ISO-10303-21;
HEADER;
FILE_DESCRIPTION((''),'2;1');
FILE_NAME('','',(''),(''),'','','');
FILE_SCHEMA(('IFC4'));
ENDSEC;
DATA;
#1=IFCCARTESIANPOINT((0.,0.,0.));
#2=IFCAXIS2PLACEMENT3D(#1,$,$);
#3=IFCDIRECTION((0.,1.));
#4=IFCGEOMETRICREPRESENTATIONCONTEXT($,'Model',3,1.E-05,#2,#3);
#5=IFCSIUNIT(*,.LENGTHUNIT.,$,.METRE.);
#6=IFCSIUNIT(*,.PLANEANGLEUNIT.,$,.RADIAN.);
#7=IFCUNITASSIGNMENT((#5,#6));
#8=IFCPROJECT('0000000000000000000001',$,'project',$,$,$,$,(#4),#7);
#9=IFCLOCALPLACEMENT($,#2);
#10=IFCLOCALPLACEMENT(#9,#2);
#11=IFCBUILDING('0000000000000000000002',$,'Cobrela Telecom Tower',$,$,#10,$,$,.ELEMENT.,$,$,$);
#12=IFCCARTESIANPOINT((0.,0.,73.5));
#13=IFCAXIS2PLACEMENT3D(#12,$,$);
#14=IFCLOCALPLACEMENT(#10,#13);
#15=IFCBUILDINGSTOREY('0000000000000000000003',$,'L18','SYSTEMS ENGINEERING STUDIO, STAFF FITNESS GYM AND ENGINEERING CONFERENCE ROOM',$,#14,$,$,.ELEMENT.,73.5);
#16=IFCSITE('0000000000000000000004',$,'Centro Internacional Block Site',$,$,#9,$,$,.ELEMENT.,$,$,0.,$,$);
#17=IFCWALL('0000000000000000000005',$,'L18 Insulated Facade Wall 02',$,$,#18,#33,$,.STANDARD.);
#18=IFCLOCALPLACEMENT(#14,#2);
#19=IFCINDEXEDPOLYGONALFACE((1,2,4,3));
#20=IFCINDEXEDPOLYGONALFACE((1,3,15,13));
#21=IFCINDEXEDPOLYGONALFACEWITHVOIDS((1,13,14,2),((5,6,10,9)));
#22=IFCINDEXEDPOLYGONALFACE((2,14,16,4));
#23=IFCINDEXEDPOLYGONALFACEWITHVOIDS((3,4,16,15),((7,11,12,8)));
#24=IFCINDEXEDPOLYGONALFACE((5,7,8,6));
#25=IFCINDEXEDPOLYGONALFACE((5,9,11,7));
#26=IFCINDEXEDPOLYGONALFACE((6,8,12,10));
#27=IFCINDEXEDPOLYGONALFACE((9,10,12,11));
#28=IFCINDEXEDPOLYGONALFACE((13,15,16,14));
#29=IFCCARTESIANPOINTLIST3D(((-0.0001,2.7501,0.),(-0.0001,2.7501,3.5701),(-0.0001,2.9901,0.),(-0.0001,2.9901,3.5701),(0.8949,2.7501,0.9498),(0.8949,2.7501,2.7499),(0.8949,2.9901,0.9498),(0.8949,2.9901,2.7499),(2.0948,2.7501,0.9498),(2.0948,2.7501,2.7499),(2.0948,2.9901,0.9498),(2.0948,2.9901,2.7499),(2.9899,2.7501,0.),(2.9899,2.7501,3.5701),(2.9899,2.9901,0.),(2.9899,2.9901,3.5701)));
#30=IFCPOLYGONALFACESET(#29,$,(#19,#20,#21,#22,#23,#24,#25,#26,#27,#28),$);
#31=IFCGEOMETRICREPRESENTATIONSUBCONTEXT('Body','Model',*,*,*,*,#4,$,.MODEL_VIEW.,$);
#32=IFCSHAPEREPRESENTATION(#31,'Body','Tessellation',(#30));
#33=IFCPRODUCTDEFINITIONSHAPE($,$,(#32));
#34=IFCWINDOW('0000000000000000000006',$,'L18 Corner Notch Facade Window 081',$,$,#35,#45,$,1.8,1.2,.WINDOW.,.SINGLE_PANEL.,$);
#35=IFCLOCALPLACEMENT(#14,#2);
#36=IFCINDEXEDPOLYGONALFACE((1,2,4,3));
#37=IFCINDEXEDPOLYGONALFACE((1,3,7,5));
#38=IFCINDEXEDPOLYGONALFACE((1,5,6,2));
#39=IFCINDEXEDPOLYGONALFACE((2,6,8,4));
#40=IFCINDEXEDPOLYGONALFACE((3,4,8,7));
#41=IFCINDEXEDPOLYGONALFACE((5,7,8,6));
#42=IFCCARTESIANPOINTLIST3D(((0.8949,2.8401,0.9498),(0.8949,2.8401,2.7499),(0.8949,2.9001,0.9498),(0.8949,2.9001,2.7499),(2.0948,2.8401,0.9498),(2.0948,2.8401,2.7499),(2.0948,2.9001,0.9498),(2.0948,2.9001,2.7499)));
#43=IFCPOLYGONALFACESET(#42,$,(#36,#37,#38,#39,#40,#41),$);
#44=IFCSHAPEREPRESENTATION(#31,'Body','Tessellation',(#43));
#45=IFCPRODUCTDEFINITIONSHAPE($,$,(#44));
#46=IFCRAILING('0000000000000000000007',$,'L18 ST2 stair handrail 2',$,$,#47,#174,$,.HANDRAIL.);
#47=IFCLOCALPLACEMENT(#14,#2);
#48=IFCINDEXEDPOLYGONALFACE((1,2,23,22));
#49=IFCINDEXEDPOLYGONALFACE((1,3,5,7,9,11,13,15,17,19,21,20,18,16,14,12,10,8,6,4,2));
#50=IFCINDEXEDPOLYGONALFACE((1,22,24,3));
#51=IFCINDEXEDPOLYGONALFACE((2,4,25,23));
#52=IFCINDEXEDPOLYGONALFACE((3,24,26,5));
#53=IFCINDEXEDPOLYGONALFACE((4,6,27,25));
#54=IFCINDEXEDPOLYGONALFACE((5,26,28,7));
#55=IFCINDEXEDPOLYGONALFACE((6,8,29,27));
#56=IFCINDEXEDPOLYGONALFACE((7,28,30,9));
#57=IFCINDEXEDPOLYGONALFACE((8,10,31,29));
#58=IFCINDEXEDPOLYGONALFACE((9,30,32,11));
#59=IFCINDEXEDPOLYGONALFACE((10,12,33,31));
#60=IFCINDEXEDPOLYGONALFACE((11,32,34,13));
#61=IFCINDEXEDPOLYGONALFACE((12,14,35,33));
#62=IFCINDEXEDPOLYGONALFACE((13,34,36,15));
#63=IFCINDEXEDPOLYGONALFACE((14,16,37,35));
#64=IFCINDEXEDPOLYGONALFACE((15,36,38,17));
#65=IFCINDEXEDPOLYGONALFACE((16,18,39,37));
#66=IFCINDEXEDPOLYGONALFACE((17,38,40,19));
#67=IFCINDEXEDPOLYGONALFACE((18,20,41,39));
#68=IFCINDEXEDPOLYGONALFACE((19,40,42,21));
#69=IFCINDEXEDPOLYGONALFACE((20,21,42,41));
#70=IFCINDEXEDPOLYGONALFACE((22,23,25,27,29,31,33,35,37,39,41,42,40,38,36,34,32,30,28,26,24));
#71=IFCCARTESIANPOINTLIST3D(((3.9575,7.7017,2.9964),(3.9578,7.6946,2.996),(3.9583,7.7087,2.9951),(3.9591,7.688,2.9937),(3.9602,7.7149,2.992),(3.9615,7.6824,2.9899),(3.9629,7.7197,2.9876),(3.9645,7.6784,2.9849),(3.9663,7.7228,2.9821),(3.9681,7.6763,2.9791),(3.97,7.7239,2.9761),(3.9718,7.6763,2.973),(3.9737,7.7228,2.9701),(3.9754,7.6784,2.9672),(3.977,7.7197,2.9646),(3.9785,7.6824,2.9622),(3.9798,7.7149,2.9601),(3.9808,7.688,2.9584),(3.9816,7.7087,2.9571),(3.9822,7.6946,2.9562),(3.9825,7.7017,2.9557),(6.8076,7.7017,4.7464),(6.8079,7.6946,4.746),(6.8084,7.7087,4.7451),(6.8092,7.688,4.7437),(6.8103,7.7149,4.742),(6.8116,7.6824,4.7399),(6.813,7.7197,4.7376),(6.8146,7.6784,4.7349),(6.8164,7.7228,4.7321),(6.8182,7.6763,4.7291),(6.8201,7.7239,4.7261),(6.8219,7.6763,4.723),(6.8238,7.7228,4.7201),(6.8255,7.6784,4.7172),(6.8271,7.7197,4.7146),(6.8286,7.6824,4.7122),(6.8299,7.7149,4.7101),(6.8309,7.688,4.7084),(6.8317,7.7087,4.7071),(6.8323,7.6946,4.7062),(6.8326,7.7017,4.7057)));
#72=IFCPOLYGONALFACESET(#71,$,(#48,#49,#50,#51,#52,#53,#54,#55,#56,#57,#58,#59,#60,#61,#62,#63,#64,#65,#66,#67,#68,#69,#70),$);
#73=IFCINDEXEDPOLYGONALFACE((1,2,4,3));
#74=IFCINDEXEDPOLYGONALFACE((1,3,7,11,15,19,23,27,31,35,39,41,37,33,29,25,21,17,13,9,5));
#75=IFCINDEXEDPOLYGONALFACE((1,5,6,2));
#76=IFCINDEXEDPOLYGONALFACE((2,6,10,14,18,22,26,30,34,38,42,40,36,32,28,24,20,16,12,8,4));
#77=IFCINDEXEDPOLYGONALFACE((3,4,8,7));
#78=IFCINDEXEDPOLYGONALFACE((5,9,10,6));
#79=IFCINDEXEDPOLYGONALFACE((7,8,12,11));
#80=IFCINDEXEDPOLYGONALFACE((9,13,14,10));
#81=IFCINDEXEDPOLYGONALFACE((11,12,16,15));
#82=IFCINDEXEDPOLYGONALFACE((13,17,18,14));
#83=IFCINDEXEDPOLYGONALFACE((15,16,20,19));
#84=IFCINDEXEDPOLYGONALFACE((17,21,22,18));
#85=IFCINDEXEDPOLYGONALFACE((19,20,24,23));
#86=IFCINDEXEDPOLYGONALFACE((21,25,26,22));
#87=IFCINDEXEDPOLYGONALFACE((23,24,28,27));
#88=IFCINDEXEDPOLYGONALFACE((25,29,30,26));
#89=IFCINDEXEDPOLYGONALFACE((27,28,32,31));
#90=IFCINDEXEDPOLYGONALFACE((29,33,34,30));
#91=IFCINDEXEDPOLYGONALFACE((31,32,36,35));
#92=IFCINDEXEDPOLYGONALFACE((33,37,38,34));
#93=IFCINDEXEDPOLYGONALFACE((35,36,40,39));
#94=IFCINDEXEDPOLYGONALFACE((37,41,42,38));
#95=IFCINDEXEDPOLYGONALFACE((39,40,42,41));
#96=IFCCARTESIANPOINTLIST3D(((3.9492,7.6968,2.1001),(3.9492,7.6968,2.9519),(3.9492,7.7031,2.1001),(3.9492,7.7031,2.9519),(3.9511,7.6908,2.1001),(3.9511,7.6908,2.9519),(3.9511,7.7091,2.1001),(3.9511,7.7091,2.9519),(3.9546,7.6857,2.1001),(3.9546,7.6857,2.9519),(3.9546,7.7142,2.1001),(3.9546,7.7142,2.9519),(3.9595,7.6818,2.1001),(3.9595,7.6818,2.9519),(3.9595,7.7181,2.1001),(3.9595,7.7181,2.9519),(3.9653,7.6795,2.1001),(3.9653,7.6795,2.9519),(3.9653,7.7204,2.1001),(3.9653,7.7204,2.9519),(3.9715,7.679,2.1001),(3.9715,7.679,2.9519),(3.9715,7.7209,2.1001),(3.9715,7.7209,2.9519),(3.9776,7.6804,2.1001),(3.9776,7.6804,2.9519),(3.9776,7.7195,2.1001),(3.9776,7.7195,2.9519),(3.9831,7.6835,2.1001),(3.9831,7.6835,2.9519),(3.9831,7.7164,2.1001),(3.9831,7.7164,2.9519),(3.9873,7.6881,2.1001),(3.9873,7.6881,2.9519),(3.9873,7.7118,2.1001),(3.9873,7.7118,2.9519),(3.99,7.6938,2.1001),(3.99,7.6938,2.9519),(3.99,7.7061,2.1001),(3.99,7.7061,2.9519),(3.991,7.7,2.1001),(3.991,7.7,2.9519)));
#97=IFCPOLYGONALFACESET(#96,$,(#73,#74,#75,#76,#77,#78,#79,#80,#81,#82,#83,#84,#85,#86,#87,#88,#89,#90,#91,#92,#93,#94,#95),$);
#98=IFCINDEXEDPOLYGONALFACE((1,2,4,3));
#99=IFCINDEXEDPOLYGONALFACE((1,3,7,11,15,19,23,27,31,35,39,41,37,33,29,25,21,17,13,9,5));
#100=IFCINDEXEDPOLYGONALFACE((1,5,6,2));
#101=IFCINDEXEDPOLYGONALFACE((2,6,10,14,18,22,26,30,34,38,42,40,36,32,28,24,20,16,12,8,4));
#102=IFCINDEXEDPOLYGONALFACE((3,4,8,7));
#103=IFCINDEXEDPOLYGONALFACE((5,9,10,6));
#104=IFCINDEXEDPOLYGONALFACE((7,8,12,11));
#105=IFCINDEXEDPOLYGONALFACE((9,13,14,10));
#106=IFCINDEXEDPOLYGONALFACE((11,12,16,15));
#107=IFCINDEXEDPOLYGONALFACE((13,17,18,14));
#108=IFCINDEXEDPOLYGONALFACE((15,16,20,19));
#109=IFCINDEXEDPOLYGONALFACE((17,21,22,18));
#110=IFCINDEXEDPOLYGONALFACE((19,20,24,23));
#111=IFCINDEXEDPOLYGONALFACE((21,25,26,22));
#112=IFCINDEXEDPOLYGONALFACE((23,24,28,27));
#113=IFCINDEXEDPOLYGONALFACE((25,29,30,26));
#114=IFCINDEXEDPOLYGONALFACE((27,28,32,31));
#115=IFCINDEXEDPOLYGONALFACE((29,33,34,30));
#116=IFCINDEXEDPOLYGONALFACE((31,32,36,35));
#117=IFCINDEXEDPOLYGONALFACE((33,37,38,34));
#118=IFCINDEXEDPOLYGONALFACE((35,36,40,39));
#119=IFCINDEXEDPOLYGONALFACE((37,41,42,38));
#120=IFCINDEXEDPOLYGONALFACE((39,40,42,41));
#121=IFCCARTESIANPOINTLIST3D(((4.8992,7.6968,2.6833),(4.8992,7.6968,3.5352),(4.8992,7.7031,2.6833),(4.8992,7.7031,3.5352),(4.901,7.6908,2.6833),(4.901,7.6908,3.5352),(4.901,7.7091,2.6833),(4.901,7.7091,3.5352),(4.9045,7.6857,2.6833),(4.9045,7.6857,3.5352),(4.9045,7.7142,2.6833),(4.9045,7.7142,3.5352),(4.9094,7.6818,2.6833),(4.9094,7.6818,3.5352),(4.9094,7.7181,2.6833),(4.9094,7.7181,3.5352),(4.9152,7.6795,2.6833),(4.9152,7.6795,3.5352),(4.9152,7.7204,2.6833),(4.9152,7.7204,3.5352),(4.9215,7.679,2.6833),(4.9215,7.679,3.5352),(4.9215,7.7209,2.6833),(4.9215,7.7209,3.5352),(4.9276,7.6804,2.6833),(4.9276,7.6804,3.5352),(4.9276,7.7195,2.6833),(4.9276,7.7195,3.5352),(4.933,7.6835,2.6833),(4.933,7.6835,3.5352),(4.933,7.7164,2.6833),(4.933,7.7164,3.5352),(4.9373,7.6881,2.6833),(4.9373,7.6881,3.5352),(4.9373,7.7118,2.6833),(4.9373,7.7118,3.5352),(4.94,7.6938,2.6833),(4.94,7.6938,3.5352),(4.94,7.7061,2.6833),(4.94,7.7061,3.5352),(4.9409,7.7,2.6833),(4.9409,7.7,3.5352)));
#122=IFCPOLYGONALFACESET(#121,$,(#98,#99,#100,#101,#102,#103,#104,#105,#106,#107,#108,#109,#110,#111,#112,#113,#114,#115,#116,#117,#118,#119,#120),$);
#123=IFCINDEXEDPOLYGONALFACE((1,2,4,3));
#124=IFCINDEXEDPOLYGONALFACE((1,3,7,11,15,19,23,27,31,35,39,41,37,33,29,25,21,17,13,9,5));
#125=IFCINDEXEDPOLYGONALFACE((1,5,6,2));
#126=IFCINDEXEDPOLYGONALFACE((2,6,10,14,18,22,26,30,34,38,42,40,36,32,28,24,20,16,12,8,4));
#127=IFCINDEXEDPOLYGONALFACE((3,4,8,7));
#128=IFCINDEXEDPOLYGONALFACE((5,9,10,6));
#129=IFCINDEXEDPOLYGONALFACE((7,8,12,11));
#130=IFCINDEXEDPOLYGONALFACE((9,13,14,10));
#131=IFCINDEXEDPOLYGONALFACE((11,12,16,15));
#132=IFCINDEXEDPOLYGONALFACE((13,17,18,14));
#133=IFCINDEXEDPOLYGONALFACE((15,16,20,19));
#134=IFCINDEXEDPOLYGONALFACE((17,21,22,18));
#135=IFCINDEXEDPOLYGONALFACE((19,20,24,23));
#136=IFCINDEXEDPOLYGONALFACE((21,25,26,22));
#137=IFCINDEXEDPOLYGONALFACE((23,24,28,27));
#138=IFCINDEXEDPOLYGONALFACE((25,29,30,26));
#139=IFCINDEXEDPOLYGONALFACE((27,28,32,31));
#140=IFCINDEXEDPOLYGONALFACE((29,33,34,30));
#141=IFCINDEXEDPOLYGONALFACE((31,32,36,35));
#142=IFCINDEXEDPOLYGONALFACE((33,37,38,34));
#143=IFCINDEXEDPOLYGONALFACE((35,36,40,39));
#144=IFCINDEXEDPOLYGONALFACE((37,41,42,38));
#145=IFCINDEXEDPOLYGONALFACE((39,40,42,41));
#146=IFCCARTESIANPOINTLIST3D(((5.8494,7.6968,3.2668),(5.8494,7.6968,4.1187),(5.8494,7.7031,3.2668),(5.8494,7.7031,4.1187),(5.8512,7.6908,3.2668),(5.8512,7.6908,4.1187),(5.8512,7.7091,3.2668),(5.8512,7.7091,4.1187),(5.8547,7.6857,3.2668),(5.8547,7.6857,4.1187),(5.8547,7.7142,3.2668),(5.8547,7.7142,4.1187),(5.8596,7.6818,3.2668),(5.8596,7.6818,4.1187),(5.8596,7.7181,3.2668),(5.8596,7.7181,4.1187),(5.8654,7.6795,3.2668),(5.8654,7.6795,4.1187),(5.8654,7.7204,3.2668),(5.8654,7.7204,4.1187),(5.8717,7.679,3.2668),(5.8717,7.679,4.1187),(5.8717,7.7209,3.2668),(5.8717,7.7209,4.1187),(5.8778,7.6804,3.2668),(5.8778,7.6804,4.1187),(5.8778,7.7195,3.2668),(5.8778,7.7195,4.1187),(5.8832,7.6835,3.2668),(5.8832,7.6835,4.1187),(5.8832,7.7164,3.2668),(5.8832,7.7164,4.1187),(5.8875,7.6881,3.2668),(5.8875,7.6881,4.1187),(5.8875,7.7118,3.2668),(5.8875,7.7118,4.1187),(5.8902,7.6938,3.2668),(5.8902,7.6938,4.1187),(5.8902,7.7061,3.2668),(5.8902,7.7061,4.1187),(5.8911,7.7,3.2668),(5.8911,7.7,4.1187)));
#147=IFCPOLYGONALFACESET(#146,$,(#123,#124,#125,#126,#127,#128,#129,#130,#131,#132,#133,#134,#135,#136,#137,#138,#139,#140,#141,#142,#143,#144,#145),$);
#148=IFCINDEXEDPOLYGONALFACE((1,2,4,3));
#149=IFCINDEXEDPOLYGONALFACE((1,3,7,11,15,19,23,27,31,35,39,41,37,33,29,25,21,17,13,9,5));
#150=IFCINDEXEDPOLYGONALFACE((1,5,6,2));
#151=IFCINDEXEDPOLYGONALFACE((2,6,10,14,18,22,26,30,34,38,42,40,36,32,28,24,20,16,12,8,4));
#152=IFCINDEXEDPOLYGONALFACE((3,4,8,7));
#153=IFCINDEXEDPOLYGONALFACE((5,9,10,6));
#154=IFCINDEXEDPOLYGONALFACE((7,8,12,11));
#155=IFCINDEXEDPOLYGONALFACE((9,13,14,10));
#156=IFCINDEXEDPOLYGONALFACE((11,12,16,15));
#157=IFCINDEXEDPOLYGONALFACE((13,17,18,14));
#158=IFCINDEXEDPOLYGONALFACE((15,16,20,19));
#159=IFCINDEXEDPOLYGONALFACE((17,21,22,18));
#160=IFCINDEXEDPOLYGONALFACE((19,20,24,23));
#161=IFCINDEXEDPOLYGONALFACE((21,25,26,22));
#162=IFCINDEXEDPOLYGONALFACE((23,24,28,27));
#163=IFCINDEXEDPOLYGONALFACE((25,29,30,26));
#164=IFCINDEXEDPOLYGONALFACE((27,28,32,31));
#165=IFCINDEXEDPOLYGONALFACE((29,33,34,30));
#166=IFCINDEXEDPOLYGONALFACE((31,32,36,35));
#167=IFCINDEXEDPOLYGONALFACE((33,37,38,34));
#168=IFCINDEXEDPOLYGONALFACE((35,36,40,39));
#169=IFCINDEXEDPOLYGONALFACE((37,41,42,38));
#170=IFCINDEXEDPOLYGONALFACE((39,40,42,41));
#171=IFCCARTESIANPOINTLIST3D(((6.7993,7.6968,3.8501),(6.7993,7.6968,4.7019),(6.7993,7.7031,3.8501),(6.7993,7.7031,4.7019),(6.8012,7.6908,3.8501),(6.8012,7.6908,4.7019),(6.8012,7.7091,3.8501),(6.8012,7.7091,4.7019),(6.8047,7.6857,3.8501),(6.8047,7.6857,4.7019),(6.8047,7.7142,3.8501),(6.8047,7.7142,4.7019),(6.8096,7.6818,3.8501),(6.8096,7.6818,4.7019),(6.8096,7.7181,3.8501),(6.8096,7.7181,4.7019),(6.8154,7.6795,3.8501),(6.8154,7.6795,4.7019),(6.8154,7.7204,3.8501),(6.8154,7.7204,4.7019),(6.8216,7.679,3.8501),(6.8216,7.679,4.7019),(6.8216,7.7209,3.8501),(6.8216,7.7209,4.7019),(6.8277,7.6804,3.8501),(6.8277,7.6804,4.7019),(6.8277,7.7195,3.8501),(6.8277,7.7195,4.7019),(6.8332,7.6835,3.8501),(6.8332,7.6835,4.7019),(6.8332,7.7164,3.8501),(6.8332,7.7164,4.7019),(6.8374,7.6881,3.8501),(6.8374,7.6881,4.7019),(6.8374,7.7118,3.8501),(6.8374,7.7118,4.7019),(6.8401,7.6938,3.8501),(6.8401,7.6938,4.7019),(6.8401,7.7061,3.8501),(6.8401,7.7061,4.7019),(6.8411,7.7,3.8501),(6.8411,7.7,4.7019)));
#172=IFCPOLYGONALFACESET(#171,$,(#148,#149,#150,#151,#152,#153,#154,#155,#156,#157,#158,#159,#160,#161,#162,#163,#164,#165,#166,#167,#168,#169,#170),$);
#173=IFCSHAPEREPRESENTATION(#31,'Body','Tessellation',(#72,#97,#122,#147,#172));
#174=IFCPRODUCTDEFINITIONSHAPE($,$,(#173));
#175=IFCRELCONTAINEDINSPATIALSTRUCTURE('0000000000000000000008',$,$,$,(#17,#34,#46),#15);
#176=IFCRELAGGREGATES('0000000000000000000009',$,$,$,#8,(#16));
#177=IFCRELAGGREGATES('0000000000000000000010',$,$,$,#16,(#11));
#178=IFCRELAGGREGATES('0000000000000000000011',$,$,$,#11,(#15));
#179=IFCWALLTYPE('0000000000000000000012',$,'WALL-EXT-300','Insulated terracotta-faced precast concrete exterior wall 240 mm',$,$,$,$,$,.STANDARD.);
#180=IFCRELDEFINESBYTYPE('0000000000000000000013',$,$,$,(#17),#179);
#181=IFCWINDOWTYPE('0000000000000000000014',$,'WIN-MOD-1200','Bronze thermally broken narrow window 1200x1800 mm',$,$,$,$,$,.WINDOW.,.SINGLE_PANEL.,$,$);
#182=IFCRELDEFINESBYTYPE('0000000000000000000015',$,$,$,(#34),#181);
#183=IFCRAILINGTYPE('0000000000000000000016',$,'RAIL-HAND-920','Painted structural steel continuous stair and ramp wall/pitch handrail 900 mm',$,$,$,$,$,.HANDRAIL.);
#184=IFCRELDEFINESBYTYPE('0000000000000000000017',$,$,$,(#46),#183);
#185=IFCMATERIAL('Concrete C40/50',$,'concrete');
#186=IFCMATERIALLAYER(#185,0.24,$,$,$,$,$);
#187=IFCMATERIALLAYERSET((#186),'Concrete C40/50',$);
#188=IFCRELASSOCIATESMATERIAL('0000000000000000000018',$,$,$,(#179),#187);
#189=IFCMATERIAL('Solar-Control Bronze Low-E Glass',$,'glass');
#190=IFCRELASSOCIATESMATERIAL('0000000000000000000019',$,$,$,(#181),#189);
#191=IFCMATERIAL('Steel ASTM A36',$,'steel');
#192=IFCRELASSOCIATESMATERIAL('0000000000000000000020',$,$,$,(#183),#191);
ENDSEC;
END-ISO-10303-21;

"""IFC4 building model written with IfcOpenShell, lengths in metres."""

from ifc_helpers import new_model, si_unit, direction, frame, frame_2d, origin, origin_2d, place, context, subcontext, project, spatial, rectangle, circle, extrude, material, layer, layer_set, type_object, element, fill, save


model = new_model("IFC4")

# Units and contexts
model_context = context("Model", 3, precision=1e-05, world=origin(), true_north=direction((0.0, 1.0)))
body_context = subcontext(model_context, "Body", "Model", "MODEL_VIEW")
ifc_project = project(units=[si_unit("LENGTHUNIT", "METRE"), si_unit("PLANEANGLEUNIT", "RADIAN")], contexts=[model_context])

# Site, building, storey
site_placement = place(None, origin())
site = spatial("IfcSite", under=ifc_project, at=site_placement, Name="Centro Internacional Block Site", CompositionType="ELEMENT", RefElevation=0.0)
building_placement = place(site_placement, origin())
building = spatial("IfcBuilding", under=site, at=building_placement, Name="Cobrela Telecom Tower", CompositionType="ELEMENT")
storey_placement = place(building_placement, frame((0.0, 0.0, 73.5)))
storey = spatial("IfcBuildingStorey", under=building, at=storey_placement, Name="L18", Description="SYSTEMS ENGINEERING STUDIO, STAFF FITNESS GYM AND ENGINEERING CONFERENCE ROOM", CompositionType="ELEMENT", Elevation=73.5)

# Shared definitions
ifc_material_1 = material(Name="Solar-Control Bronze Low-E Glass", Category="glass")

# Wall, opening, window
ifc_material_2 = material(Name="Concrete C40/50", Category="concrete")
ifc_layer_1 = layer(ifc_material_2, 0.24)
ifc_layer_set_1 = layer_set([ifc_layer_1], Name="Concrete C40/50")
wall_type = type_object("IfcWallType", Name="WALL-EXT-300", Description="Insulated terracotta-faced precast concrete exterior wall 240 mm", PredefinedType="STANDARD", material=ifc_layer_set_1)
wall_1_placement = place(storey_placement, frame((2.99, 2.8701, 0.0), z_axis=(0.0, 0.0, 1.0), x_axis=(-1.0, 0.0, 0.0)))
wall_1 = element("IfcWall", 1, at=wall_1_placement, inside=storey, type_object=wall_type, Name="L18 Insulated Facade Wall 02", PredefinedType="STANDARD", context=body_context, shape_type="SweptSolid", body=[
    extrude(rectangle(XDim=2.99, YDim=0.24, at=frame_2d((1.4951, 0.0))), origin(), (0.0, 0.0, 1.0), 3.5701),
])
opening_1_placement = place(wall_1_placement, frame((0.895, 0.0, 0.95)))
opening_1 = element("IfcOpeningElement", 2, at=opening_1_placement, cuts=wall_1, PredefinedType="OPENING", context=body_context, shape_type="SweptSolid", body=[
    extrude(rectangle(XDim=1.2, YDim=1.8, at=frame_2d((0.6001, 0.8999))), frame((0.0, 0.1318, 0.0), z_axis=(0.0, -1.0, 0.0), x_axis=(1.0, 0.0, 0.0)), (0.0, 0.0, 1.0), 0.2639),
])
window_type_1 = type_object("IfcWindowType", Name="WIN-MOD-1200", Description="Bronze thermally broken narrow window 1200x1800 mm", PartitioningType="SINGLE_PANEL", PredefinedType="WINDOW", material=ifc_material_1)
window_1_placement = place(opening_1_placement, origin())
window_1 = element("IfcWindow", 3, at=window_1_placement, inside=storey, type_object=window_type_1, Name="L18 Corner Notch Facade Window 081", OverallHeight=1.8, OverallWidth=1.2, PartitioningType="SINGLE_PANEL", PredefinedType="WINDOW", context=body_context, shape_type="SweptSolid", body=[
    extrude(rectangle(XDim=1.2, YDim=1.8, at=frame_2d((0.6001, 0.8999))), frame((0.0, 0.03, 0.0), z_axis=(0.0, -1.0, 0.0), x_axis=(1.0, 0.0, 0.0)), (0.0, 0.0, 1.0), 0.0601),
])
fill(opening_1, window_1)

# Railing
ifc_material_3 = material(Name="Steel ASTM A36", Category="steel")
railing_type = type_object("IfcRailingType", Name="RAIL-HAND-920", Description="Painted structural steel continuous stair and ramp wall/pitch handrail 900 mm", PredefinedType="HANDRAIL", material=ifc_material_3)
railing_placement = place(storey_placement, frame((3.97, 7.7, 2.1001)))
element("IfcRailing", 4, at=railing_placement, inside=storey, type_object=railing_type, Name="L18 ST2 stair handrail 2", PredefinedType="HANDRAIL", context=body_context, shape_type="SweptSolid", body=[
    extrude(circle(Radius=0.0239, at=origin_2d()), frame((0.0, 0.0, 0.876), z_axis=(0.852179, 0.0, 0.52325), x_axis=(0.0, 1.0, 0.0)), (0.0, 0.0, 1.0), 3.3445),
    extrude(circle(Radius=0.021, at=origin_2d()), origin(), (0.0, 0.0, 1.0), 0.8518),
    extrude(circle(Radius=0.021, at=origin_2d()), frame((0.95, 0.0, 0.5833)), (0.0, 0.0, 1.0), 0.8518),
    extrude(circle(Radius=0.021, at=origin_2d()), frame((1.9001, 0.0, 1.1667)), (0.0, 0.0, 1.0), 0.8518),
    extrude(circle(Radius=0.021, at=origin_2d()), frame((2.8501, 0.0, 1.75)), (0.0, 0.0, 1.0), 0.8518),
])

save(model, "model.ifc")
